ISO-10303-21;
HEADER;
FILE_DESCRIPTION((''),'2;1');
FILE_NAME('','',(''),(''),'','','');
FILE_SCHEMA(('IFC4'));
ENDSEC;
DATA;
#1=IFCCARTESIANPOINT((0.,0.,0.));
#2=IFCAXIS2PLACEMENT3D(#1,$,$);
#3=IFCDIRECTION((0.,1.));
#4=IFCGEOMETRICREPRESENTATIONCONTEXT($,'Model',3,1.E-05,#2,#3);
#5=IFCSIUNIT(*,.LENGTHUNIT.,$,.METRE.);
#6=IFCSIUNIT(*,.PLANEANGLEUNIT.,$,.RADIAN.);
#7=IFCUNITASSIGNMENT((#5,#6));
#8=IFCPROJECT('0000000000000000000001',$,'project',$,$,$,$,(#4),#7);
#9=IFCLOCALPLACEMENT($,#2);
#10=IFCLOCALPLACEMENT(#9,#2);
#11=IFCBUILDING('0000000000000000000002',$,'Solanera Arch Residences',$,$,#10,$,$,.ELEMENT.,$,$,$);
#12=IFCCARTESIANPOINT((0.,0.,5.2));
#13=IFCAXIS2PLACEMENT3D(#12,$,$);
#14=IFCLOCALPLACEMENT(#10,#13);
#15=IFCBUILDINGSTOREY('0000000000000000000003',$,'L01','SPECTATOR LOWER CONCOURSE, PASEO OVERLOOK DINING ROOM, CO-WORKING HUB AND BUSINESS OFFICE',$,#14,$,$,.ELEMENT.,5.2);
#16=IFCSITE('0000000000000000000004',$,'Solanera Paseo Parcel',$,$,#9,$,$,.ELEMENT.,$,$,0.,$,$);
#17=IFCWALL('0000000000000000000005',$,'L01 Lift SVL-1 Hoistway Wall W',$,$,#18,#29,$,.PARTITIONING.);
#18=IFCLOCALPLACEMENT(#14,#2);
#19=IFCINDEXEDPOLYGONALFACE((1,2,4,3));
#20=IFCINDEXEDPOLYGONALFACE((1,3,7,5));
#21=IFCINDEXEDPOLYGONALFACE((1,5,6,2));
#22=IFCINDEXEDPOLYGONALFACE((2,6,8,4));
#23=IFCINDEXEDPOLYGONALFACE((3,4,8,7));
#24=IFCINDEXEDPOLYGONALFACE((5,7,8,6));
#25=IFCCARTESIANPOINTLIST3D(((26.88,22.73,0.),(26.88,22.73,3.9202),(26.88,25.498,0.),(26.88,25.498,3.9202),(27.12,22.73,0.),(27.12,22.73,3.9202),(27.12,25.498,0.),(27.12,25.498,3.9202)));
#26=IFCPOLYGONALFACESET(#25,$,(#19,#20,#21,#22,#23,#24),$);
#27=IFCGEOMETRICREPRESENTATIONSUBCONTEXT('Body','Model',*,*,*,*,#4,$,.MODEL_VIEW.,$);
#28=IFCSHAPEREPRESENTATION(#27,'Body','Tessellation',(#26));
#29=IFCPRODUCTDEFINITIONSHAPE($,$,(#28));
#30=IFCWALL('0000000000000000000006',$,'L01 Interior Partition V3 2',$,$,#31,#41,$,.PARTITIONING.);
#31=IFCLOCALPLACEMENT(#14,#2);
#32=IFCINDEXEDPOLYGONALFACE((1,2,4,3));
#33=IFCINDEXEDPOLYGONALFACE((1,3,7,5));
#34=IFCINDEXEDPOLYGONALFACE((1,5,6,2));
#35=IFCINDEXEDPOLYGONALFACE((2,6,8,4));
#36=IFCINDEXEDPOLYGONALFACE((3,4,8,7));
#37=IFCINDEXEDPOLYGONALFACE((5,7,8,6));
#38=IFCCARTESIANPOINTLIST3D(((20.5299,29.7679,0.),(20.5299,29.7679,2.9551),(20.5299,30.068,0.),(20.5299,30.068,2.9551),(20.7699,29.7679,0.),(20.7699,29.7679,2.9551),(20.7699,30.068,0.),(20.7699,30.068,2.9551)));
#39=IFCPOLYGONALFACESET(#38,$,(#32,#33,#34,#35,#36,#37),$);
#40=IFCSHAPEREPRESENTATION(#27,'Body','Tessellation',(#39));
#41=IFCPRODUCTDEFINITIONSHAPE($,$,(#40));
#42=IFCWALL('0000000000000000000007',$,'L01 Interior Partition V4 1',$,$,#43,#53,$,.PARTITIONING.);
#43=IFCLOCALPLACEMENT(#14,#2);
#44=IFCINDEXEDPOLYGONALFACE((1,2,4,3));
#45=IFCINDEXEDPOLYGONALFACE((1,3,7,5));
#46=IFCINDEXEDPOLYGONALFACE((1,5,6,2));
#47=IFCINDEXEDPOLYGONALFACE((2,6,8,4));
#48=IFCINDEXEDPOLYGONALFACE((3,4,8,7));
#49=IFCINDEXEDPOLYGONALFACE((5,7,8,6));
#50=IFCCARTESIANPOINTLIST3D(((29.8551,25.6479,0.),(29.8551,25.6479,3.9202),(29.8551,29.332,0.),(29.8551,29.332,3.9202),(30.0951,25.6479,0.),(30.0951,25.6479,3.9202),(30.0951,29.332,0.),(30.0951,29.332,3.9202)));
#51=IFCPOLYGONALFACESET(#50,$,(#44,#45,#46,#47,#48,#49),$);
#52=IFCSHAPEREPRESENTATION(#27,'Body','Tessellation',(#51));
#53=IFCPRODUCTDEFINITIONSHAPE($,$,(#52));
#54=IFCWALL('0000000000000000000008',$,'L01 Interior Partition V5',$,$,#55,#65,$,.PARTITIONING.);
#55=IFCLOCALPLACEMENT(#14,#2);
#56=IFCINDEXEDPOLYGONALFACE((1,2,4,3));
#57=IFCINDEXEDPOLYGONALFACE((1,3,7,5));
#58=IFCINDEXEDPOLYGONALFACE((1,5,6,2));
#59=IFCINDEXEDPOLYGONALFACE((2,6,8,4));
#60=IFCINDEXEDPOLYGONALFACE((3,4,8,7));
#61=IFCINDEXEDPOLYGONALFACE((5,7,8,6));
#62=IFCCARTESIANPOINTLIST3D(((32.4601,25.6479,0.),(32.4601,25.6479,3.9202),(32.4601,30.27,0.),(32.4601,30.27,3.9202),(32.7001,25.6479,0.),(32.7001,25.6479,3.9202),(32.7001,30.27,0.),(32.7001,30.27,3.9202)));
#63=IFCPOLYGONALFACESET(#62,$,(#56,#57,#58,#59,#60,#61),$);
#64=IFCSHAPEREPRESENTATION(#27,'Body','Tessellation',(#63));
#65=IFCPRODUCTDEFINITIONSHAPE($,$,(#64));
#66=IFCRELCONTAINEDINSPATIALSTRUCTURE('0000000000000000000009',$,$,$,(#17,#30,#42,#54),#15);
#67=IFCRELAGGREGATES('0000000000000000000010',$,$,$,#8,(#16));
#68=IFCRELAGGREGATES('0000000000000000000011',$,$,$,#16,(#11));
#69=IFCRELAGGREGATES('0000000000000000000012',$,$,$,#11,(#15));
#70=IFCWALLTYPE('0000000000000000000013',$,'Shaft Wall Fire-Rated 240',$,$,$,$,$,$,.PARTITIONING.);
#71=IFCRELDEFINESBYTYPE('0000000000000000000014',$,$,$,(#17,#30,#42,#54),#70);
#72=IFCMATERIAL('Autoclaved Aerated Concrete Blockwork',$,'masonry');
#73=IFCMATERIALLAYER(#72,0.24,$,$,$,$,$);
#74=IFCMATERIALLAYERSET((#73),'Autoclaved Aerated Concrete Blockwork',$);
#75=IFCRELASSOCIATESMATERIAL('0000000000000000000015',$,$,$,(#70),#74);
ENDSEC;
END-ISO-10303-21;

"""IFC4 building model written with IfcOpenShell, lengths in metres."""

from ifc_helpers import new_model, si_unit, direction, frame, frame_2d, origin, place, context, subcontext, project, spatial, rectangle, extrude, material, layer, layer_set, type_object, element, save


model = new_model("IFC4")

# Units and contexts
model_context = context("Model", 3, precision=1e-05, world=origin(), true_north=direction((0.0, 1.0)))
body_context = subcontext(model_context, "Body", "Model", "MODEL_VIEW")
ifc_project = project(units=[si_unit("LENGTHUNIT", "METRE"), si_unit("PLANEANGLEUNIT", "RADIAN")], contexts=[model_context])

# Site, building, storey
site_placement = place(None, origin())
site = spatial("IfcSite", under=ifc_project, at=site_placement, Name="Solanera Paseo Parcel", CompositionType="ELEMENT", RefElevation=0.0)
building_placement = place(site_placement, origin())
building = spatial("IfcBuilding", under=site, at=building_placement, Name="Solanera Arch Residences", CompositionType="ELEMENT")
storey_placement = place(building_placement, frame((0.0, 0.0, 5.2)))
storey = spatial("IfcBuildingStorey", under=building, at=storey_placement, Name="L01", Description="SPECTATOR LOWER CONCOURSE, PASEO OVERLOOK DINING ROOM, CO-WORKING HUB AND BUSINESS OFFICE", CompositionType="ELEMENT", Elevation=5.2)

# Walls
ifc_material_1 = material(Name="Autoclaved Aerated Concrete Blockwork", Category="masonry")
ifc_layer_1 = layer(ifc_material_1, 0.24)
ifc_layer_set_1 = layer_set([ifc_layer_1], Name="Autoclaved Aerated Concrete Blockwork")
wall_type_1 = type_object("IfcWallType", Name="Shaft Wall Fire-Rated 240", PredefinedType="PARTITIONING", material=ifc_layer_set_1)
wall_1_placement = place(storey_placement, frame((27.0, 22.73, 0.0), z_axis=(0.0, 0.0, 1.0), x_axis=(0.0, 1.0, 0.0)))
element("IfcWall", 1, at=wall_1_placement, inside=storey, type_object=wall_type_1, Name="L01 Lift SVL-1 Hoistway Wall W", PredefinedType="PARTITIONING", context=body_context, shape_type="SweptSolid", body=[
    extrude(rectangle(XDim=2.7681, YDim=0.24, at=frame_2d((1.384, 0.0))), origin(), (0.0, 0.0, 1.0), 3.9202),
])
wall_2_placement = place(storey_placement, frame((20.6499, 29.7681, 0.0), z_axis=(0.0, 0.0, 1.0), x_axis=(0.0, 1.0, 0.0)))
element("IfcWall", 2, at=wall_2_placement, inside=storey, type_object=wall_type_1, Name="L01 Interior Partition V3 2", PredefinedType="PARTITIONING", context=body_context, shape_type="SweptSolid", body=[
    extrude(rectangle(XDim=0.3, YDim=0.24, at=frame_2d((0.1499, 0.0))), origin(), (0.0, 0.0, 1.0), 2.9551),
])
wall_3_placement = place(storey_placement, frame((29.9751, 25.6479, 0.0), z_axis=(0.0, 0.0, 1.0), x_axis=(0.0, 1.0, 0.0)))
element("IfcWall", 3, at=wall_3_placement, inside=storey, type_object=wall_type_1, Name="L01 Interior Partition V4 1", PredefinedType="PARTITIONING", context=body_context, shape_type="SweptSolid", body=[
    extrude(rectangle(XDim=3.6841, YDim=0.24, at=frame_2d((1.842, 0.0))), origin(), (0.0, 0.0, 1.0), 3.9202),
])

# Wall
wall_4_placement = place(storey_placement, frame((32.5801, 25.6479, 0.0), z_axis=(0.0, 0.0, 1.0), x_axis=(0.0, 1.0, 0.0)))
element("IfcWall", 4, at=wall_4_placement, inside=storey, type_object=wall_type_1, Name="L01 Interior Partition V5", PredefinedType="PARTITIONING", context=body_context, shape_type="SweptSolid", body=[
    extrude(rectangle(XDim=4.6221, YDim=0.24, at=frame_2d((2.311, 0.0))), origin(), (0.0, 0.0, 1.0), 3.9202),
])

save(model, "model.ifc")
